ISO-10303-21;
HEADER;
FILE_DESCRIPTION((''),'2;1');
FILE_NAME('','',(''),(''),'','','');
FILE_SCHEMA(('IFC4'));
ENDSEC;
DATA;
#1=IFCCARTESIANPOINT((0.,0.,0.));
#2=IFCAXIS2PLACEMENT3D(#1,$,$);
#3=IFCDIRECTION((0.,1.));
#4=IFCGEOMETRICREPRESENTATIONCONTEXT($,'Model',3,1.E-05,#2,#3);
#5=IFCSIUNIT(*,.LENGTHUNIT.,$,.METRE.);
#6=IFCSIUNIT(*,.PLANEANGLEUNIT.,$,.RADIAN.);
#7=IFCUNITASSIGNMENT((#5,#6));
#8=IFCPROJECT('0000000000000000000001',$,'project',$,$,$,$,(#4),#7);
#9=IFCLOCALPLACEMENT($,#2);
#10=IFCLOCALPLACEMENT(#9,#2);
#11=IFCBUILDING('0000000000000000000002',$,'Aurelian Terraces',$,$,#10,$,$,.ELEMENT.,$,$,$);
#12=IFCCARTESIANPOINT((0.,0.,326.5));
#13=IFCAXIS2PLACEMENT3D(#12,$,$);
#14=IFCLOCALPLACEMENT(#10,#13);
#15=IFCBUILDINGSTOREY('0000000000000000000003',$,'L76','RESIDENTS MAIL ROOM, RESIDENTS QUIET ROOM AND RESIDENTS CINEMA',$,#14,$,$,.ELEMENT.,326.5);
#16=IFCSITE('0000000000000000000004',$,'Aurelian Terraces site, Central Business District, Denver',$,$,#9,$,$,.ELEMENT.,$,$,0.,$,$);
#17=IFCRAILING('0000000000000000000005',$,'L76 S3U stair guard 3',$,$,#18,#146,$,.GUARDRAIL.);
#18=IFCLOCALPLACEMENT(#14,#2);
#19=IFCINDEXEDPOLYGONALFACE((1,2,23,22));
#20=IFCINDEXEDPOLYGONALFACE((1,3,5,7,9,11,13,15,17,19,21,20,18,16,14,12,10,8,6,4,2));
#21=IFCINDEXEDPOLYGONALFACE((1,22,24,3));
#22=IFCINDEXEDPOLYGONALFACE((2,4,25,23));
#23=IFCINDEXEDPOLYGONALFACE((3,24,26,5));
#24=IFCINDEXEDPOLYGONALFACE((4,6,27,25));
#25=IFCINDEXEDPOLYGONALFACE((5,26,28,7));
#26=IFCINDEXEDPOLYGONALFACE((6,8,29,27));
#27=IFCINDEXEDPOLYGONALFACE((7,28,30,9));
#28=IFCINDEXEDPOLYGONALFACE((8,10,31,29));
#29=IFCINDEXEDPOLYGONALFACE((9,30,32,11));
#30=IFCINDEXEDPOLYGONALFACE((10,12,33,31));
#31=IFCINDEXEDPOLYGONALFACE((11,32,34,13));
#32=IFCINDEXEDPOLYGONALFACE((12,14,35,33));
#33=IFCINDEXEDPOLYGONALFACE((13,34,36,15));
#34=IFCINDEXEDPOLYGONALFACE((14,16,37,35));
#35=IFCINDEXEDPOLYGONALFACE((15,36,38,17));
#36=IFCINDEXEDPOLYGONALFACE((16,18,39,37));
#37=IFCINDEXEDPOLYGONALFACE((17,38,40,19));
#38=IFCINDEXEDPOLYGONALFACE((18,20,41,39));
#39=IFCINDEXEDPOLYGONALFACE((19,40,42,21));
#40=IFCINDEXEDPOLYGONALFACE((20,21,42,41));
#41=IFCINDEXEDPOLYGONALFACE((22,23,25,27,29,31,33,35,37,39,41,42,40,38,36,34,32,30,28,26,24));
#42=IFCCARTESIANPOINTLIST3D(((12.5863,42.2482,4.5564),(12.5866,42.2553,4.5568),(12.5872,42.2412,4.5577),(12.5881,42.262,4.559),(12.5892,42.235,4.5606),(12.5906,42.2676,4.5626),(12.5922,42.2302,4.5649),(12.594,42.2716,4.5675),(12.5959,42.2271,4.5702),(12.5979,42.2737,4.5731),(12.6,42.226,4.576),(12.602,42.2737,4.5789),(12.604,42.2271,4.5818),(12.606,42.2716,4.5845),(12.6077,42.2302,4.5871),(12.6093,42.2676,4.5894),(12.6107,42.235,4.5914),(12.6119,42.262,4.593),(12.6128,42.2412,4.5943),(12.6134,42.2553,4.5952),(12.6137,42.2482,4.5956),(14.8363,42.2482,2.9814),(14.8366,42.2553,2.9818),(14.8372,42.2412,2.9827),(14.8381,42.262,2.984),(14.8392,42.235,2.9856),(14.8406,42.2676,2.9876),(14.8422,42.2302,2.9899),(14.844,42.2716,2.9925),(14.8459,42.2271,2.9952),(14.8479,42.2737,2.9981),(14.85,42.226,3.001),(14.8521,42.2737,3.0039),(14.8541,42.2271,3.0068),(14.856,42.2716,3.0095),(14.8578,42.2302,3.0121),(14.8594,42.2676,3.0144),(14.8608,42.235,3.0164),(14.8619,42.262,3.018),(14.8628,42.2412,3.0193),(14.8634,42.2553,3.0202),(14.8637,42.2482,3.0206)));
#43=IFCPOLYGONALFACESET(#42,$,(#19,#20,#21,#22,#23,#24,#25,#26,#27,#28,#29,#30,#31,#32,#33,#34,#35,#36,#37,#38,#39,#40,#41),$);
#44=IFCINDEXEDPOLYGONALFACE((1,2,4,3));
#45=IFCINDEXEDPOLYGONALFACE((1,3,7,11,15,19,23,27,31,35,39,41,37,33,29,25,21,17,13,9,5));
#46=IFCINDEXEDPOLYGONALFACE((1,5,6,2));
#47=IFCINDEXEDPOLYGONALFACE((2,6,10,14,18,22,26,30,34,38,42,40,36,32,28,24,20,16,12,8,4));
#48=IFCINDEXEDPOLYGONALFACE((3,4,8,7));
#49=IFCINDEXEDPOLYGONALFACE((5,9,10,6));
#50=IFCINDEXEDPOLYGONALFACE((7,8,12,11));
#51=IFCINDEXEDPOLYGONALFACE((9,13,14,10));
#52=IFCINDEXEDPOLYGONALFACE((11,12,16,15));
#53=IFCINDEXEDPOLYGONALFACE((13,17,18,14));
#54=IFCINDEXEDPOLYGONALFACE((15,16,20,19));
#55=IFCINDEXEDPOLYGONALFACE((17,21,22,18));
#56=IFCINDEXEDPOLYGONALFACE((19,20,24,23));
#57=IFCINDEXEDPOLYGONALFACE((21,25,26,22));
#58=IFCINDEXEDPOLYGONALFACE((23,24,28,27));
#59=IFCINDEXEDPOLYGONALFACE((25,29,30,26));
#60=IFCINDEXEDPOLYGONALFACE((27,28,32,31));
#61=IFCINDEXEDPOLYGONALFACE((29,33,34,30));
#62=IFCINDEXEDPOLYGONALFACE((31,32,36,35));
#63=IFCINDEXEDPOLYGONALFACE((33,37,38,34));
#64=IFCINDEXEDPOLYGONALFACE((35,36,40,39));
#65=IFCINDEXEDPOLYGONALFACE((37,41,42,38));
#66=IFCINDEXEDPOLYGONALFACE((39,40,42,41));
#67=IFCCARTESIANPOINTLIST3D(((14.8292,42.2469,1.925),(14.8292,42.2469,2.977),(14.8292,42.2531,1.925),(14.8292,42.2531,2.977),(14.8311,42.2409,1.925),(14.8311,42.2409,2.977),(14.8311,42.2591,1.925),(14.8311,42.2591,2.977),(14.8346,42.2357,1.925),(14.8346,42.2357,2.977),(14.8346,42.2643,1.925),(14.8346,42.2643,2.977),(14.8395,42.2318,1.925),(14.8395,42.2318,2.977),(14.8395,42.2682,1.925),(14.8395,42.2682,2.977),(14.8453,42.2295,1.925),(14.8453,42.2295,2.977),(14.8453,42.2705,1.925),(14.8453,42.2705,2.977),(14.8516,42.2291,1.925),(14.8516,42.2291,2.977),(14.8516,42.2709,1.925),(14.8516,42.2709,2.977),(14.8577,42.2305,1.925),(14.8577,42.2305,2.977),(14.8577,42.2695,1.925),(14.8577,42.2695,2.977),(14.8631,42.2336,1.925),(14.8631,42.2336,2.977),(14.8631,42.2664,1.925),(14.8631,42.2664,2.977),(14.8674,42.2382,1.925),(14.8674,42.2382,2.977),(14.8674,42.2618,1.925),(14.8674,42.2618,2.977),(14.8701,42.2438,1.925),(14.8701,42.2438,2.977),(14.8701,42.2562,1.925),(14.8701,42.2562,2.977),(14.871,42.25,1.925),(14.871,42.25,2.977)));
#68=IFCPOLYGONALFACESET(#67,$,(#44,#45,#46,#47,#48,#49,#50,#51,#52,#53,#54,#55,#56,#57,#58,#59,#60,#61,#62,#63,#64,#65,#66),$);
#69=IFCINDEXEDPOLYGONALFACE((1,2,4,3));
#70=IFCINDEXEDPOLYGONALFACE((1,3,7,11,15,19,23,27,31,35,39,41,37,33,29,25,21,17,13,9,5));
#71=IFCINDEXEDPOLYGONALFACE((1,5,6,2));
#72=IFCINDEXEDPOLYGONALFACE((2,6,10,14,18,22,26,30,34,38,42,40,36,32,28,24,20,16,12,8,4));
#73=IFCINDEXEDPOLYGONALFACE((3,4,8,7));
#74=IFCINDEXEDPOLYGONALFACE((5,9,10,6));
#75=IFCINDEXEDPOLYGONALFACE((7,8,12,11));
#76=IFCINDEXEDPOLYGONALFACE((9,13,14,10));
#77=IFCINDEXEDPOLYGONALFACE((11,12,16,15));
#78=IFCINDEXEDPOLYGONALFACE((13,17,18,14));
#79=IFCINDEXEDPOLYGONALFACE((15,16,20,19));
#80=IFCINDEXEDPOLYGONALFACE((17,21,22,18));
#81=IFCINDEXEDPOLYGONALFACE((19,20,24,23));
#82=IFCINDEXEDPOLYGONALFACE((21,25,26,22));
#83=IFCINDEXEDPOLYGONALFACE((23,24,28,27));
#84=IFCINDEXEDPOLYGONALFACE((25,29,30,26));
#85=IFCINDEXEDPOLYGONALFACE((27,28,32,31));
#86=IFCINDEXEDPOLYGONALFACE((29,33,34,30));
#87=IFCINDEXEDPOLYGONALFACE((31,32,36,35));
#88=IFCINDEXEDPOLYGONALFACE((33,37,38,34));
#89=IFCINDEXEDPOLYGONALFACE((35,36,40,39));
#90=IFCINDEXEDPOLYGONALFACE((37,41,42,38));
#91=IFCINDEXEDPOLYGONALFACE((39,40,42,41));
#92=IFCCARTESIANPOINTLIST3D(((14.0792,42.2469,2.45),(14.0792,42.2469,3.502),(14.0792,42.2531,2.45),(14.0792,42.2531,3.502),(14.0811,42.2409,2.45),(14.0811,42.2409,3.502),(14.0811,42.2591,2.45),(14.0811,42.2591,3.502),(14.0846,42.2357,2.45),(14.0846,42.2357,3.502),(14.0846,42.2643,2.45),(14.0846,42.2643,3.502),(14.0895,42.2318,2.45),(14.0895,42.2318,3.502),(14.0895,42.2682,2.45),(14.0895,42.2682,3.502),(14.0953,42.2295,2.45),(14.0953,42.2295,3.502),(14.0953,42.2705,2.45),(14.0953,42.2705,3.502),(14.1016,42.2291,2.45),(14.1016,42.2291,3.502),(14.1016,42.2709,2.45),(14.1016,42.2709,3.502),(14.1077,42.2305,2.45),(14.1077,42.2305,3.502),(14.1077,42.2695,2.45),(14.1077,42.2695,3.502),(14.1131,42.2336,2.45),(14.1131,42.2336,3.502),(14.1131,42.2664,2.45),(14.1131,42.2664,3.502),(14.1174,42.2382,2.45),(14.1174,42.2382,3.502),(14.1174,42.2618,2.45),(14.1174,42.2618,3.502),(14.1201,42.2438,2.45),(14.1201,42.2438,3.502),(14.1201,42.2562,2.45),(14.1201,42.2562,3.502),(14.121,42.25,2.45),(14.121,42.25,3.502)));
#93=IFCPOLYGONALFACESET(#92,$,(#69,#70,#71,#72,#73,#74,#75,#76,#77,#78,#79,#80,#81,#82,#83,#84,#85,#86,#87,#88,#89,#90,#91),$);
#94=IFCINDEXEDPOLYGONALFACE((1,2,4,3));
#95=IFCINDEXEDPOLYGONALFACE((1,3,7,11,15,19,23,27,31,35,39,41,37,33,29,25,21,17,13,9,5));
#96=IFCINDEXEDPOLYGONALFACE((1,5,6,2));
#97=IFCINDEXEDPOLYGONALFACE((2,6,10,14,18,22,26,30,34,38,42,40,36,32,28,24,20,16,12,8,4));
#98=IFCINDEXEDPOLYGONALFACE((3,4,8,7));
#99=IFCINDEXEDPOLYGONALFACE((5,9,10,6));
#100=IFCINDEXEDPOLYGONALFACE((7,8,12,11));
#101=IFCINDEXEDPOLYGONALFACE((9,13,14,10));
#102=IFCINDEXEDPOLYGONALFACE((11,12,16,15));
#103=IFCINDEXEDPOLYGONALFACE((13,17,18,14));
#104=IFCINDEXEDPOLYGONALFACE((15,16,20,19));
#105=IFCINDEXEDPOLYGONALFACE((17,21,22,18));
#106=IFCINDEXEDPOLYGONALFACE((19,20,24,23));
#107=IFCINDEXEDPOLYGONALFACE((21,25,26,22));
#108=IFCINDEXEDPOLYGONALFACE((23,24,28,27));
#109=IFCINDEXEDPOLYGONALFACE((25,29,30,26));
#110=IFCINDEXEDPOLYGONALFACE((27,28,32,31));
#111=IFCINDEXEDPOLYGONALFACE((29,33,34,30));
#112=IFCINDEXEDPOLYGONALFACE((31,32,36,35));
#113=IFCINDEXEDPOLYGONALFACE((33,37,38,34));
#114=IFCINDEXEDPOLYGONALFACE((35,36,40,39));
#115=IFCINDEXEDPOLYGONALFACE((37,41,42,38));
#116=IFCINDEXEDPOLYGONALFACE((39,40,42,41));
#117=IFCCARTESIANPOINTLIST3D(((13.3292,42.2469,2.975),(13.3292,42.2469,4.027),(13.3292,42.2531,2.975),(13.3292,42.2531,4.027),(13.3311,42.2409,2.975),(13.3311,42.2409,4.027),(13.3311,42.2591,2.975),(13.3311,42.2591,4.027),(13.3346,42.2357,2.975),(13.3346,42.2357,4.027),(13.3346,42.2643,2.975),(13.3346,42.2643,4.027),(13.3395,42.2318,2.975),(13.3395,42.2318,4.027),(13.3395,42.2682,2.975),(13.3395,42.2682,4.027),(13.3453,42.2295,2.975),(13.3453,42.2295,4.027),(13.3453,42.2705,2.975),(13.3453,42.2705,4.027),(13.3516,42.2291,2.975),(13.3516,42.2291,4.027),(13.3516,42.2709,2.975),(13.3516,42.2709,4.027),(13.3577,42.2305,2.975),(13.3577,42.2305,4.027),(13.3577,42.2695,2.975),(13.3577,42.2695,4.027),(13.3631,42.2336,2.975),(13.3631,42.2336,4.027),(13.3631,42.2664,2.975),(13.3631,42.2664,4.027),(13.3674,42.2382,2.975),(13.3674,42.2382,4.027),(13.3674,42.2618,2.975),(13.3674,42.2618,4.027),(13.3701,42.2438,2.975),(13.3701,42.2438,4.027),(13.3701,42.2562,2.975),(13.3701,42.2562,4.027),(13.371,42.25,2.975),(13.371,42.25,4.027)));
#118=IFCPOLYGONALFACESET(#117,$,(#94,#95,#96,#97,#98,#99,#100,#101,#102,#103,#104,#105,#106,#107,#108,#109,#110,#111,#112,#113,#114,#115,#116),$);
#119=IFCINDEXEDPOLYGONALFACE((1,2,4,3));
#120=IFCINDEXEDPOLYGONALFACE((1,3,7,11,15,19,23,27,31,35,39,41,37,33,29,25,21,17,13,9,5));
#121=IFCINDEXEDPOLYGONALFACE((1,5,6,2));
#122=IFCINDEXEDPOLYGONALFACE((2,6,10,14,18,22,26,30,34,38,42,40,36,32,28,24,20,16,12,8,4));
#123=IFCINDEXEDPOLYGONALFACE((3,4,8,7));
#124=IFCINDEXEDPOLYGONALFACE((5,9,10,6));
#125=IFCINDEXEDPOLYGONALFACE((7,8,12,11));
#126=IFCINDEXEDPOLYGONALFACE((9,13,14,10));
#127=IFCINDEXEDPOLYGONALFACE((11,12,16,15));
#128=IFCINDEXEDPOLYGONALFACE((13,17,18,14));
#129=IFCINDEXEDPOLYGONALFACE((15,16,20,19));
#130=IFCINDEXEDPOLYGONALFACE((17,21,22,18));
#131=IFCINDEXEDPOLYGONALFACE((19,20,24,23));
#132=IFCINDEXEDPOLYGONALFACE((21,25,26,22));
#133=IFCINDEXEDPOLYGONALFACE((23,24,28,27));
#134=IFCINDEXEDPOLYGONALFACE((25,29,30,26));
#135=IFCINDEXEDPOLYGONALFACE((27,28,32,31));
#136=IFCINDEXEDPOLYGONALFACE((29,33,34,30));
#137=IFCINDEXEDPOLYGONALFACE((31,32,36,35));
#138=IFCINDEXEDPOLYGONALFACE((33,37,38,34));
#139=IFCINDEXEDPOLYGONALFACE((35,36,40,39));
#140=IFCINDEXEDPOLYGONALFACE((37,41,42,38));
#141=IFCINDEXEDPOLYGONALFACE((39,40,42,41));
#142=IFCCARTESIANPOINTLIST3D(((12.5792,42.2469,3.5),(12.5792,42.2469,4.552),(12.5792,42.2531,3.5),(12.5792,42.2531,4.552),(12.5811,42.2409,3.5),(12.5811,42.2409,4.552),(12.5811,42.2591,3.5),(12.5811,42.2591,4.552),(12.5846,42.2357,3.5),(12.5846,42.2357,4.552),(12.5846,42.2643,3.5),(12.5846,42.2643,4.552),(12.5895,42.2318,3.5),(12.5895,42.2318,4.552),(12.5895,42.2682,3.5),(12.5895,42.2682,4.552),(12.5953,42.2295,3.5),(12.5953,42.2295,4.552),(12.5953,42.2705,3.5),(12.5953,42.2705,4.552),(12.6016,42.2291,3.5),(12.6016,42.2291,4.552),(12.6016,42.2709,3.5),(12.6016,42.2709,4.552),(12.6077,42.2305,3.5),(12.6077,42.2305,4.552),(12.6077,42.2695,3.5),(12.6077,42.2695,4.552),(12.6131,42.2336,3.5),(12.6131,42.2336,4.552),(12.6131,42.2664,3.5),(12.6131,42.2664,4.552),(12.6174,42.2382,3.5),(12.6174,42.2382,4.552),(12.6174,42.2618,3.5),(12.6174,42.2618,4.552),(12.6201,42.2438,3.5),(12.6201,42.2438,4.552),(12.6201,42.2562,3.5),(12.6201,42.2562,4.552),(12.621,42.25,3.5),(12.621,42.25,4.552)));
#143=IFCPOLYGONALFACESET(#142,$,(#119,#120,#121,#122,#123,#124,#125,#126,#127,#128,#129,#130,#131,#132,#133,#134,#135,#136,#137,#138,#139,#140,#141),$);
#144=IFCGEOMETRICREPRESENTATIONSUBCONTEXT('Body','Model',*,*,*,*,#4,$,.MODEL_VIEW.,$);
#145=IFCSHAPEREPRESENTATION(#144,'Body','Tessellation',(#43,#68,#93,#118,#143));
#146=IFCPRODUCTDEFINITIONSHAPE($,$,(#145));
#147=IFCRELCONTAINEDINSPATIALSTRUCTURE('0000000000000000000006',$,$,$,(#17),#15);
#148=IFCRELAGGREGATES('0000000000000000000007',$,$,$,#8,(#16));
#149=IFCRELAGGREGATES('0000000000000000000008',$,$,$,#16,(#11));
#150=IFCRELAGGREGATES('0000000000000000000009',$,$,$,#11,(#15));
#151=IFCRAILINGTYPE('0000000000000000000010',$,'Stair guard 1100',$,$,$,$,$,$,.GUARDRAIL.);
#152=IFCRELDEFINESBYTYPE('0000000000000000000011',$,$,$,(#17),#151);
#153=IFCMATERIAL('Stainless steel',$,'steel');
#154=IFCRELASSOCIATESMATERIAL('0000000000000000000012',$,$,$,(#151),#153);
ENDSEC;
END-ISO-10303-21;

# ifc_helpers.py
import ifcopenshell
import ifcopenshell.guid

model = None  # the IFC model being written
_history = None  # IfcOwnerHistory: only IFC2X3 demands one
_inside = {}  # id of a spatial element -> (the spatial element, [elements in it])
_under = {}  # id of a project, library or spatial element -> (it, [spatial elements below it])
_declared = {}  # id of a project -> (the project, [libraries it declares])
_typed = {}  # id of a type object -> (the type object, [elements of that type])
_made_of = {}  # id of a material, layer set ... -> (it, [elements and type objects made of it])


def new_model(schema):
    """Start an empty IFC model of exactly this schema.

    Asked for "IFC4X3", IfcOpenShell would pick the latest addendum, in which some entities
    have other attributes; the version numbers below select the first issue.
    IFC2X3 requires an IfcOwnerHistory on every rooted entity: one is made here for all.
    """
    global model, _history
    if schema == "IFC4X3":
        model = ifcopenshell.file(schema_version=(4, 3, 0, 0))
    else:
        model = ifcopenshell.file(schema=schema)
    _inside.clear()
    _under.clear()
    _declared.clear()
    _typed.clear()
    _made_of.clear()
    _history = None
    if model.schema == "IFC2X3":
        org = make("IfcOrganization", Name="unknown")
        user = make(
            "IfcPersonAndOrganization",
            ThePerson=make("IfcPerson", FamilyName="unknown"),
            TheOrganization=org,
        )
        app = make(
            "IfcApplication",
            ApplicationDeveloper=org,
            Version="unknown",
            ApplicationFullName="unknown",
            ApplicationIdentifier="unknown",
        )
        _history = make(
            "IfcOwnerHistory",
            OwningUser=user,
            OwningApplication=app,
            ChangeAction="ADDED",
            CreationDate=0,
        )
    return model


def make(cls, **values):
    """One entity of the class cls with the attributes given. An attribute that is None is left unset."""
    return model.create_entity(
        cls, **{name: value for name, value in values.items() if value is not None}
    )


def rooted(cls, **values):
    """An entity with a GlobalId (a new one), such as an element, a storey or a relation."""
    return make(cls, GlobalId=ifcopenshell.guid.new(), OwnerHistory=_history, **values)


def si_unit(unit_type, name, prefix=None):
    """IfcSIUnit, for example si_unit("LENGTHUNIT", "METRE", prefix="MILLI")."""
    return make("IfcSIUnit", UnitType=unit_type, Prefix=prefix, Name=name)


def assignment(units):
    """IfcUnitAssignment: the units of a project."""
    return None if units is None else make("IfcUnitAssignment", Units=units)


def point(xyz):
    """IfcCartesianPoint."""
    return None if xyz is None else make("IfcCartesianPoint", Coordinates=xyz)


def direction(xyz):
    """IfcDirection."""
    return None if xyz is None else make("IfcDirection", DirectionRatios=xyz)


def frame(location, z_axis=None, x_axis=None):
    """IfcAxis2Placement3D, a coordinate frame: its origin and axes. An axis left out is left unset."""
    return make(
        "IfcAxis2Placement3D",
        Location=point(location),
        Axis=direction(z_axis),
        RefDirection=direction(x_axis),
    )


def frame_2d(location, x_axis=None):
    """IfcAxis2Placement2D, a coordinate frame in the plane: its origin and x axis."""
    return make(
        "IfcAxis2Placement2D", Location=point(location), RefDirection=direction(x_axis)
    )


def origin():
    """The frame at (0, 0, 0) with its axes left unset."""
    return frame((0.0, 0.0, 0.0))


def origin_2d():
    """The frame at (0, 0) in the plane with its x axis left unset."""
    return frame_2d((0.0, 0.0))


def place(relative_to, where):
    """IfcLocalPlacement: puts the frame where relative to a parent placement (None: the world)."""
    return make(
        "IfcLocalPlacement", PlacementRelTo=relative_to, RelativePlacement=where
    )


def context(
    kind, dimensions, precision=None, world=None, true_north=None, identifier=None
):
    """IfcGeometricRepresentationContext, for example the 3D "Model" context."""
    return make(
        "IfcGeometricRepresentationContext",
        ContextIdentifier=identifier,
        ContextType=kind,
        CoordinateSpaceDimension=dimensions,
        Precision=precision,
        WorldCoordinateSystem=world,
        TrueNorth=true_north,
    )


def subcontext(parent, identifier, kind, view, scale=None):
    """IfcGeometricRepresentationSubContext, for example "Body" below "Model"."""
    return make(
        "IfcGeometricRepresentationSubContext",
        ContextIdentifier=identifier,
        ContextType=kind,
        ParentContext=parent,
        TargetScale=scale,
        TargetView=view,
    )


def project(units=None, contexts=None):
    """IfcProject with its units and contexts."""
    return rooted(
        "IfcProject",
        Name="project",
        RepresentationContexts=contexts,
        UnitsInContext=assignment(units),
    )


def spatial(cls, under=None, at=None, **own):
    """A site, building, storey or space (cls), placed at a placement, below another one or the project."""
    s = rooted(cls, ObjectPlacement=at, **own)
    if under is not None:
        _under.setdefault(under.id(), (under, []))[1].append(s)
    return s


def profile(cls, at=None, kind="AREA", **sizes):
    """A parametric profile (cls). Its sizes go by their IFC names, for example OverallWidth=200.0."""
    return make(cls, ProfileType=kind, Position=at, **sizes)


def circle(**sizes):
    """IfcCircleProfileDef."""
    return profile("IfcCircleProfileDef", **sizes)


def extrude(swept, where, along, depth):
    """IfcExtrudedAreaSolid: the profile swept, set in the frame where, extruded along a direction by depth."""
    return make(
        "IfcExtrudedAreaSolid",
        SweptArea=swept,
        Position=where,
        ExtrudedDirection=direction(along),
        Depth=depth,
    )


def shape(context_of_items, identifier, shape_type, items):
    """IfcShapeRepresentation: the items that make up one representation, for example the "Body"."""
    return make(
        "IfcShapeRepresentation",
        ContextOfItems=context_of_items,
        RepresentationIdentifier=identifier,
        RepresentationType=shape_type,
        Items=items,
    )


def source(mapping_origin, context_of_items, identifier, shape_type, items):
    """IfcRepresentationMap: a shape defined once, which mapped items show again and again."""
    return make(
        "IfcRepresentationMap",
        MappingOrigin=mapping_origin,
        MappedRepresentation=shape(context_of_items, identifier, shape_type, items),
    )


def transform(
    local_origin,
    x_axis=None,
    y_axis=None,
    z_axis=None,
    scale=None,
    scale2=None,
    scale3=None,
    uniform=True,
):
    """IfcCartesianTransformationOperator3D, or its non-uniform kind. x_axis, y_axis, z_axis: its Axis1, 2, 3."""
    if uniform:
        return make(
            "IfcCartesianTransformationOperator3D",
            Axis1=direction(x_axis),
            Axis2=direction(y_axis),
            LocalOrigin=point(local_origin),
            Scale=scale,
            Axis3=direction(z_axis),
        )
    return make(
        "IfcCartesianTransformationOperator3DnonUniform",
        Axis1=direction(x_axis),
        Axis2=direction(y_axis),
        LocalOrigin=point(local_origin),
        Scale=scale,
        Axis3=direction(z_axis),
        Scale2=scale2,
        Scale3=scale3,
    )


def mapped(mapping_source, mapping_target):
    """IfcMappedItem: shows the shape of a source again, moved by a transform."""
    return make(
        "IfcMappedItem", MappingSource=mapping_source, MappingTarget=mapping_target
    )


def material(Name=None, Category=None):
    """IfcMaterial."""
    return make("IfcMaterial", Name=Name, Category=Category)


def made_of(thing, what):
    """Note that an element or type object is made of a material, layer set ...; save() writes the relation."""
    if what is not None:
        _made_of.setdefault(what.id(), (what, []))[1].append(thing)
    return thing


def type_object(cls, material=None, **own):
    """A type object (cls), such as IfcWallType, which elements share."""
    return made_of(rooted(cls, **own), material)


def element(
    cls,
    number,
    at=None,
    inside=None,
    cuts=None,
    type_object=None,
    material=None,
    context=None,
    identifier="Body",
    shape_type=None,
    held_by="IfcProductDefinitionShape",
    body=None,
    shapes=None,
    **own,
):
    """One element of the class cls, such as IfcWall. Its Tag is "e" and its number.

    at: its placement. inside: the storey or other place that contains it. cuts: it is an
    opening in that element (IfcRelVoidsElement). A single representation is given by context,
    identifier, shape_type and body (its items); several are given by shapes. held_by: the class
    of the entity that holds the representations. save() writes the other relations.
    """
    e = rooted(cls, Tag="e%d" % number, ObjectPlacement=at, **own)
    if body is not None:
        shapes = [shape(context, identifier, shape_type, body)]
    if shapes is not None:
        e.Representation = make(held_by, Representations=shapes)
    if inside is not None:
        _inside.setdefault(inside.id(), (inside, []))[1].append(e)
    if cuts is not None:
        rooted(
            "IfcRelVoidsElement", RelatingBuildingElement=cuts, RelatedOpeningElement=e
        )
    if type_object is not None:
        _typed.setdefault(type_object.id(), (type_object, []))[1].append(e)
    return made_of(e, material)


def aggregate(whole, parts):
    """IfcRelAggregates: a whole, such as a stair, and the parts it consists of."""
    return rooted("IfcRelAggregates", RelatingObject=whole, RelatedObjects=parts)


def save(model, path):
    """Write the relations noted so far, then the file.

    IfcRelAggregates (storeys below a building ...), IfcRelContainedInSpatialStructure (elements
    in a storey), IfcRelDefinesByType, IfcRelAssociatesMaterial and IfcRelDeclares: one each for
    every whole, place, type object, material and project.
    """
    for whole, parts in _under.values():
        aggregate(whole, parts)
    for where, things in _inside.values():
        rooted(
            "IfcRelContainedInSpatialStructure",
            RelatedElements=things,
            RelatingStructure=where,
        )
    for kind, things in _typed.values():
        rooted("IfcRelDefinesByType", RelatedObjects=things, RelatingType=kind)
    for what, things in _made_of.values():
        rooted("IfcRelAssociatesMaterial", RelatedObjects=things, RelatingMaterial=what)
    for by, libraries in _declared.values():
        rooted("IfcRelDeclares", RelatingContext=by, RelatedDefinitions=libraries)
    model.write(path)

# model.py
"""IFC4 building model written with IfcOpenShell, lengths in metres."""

from ifc_helpers import new_model, si_unit, direction, frame, origin, origin_2d, place, context, subcontext, project, spatial, circle, extrude, source, transform, mapped, material, type_object, element, save


model = new_model("IFC4")

# Units and contexts
model_context = context("Model", 3, precision=1e-05, world=origin(), true_north=direction((0.0, 1.0)))
body_context = subcontext(model_context, "Body", "Model", "MODEL_VIEW")
ifc_project = project(units=[si_unit("LENGTHUNIT", "METRE"), si_unit("PLANEANGLEUNIT", "RADIAN")], contexts=[model_context])

# Site, building, storey
site_placement = place(None, origin())
site = spatial("IfcSite", under=ifc_project, at=site_placement, Name="Aurelian Terraces site, Central Business District, Denver", CompositionType="ELEMENT", RefElevation=0.0)
building_placement = place(site_placement, origin())
building = spatial("IfcBuilding", under=site, at=building_placement, Name="Aurelian Terraces", CompositionType="ELEMENT")
storey_placement = place(building_placement, frame((0.0, 0.0, 326.5)))
storey = spatial("IfcBuildingStorey", under=building, at=storey_placement, Name="L76", Description="RESIDENTS MAIL ROOM, RESIDENTS QUIET ROOM AND RESIDENTS CINEMA", CompositionType="ELEMENT", Elevation=326.5)

# Railing
ifc_material_1 = material(Name="Stainless steel", Category="steel")
railing_type_1 = type_object("IfcRailingType", Name="Stair guard 1100", PredefinedType="GUARDRAIL", material=ifc_material_1)
shared_shape_1 = source(origin(), body_context, "Body", "SweptSolid", [
    extrude(circle(Radius=0.024, at=origin_2d()), frame((0.0, 0.0, 1.076), z_axis=(-0.819232, 0.0, 0.573462), x_axis=(0.0, -1.0, 0.0)), (0.0, 0.0, 1.0), 2.7465),
    extrude(circle(Radius=0.021, at=origin_2d()), origin(), (0.0, 0.0, 1.0), 1.052),
    extrude(circle(Radius=0.021, at=origin_2d()), frame((-0.75, 0.0, 0.525)), (0.0, 0.0, 1.0), 1.052),
    extrude(circle(Radius=0.021, at=origin_2d()), frame((-1.5, 0.0, 1.05)), (0.0, 0.0, 1.0), 1.052),
    extrude(circle(Radius=0.021, at=origin_2d()), frame((-2.25, 0.0, 1.575)), (0.0, 0.0, 1.0), 1.052),
])
railing_1_placement = place(storey_placement, frame((14.85, 42.25, 1.925)))
element("IfcRailing", 1, at=railing_1_placement, inside=storey, type_object=railing_type_1, Name="L76 S3U stair guard 3", PredefinedType="GUARDRAIL", context=body_context, shape_type="MappedRepresentation", body=[
    mapped(shared_shape_1, transform((0.0, 0.0, 0.0), scale=1.0)),
])

save(model, "model.ifc")
